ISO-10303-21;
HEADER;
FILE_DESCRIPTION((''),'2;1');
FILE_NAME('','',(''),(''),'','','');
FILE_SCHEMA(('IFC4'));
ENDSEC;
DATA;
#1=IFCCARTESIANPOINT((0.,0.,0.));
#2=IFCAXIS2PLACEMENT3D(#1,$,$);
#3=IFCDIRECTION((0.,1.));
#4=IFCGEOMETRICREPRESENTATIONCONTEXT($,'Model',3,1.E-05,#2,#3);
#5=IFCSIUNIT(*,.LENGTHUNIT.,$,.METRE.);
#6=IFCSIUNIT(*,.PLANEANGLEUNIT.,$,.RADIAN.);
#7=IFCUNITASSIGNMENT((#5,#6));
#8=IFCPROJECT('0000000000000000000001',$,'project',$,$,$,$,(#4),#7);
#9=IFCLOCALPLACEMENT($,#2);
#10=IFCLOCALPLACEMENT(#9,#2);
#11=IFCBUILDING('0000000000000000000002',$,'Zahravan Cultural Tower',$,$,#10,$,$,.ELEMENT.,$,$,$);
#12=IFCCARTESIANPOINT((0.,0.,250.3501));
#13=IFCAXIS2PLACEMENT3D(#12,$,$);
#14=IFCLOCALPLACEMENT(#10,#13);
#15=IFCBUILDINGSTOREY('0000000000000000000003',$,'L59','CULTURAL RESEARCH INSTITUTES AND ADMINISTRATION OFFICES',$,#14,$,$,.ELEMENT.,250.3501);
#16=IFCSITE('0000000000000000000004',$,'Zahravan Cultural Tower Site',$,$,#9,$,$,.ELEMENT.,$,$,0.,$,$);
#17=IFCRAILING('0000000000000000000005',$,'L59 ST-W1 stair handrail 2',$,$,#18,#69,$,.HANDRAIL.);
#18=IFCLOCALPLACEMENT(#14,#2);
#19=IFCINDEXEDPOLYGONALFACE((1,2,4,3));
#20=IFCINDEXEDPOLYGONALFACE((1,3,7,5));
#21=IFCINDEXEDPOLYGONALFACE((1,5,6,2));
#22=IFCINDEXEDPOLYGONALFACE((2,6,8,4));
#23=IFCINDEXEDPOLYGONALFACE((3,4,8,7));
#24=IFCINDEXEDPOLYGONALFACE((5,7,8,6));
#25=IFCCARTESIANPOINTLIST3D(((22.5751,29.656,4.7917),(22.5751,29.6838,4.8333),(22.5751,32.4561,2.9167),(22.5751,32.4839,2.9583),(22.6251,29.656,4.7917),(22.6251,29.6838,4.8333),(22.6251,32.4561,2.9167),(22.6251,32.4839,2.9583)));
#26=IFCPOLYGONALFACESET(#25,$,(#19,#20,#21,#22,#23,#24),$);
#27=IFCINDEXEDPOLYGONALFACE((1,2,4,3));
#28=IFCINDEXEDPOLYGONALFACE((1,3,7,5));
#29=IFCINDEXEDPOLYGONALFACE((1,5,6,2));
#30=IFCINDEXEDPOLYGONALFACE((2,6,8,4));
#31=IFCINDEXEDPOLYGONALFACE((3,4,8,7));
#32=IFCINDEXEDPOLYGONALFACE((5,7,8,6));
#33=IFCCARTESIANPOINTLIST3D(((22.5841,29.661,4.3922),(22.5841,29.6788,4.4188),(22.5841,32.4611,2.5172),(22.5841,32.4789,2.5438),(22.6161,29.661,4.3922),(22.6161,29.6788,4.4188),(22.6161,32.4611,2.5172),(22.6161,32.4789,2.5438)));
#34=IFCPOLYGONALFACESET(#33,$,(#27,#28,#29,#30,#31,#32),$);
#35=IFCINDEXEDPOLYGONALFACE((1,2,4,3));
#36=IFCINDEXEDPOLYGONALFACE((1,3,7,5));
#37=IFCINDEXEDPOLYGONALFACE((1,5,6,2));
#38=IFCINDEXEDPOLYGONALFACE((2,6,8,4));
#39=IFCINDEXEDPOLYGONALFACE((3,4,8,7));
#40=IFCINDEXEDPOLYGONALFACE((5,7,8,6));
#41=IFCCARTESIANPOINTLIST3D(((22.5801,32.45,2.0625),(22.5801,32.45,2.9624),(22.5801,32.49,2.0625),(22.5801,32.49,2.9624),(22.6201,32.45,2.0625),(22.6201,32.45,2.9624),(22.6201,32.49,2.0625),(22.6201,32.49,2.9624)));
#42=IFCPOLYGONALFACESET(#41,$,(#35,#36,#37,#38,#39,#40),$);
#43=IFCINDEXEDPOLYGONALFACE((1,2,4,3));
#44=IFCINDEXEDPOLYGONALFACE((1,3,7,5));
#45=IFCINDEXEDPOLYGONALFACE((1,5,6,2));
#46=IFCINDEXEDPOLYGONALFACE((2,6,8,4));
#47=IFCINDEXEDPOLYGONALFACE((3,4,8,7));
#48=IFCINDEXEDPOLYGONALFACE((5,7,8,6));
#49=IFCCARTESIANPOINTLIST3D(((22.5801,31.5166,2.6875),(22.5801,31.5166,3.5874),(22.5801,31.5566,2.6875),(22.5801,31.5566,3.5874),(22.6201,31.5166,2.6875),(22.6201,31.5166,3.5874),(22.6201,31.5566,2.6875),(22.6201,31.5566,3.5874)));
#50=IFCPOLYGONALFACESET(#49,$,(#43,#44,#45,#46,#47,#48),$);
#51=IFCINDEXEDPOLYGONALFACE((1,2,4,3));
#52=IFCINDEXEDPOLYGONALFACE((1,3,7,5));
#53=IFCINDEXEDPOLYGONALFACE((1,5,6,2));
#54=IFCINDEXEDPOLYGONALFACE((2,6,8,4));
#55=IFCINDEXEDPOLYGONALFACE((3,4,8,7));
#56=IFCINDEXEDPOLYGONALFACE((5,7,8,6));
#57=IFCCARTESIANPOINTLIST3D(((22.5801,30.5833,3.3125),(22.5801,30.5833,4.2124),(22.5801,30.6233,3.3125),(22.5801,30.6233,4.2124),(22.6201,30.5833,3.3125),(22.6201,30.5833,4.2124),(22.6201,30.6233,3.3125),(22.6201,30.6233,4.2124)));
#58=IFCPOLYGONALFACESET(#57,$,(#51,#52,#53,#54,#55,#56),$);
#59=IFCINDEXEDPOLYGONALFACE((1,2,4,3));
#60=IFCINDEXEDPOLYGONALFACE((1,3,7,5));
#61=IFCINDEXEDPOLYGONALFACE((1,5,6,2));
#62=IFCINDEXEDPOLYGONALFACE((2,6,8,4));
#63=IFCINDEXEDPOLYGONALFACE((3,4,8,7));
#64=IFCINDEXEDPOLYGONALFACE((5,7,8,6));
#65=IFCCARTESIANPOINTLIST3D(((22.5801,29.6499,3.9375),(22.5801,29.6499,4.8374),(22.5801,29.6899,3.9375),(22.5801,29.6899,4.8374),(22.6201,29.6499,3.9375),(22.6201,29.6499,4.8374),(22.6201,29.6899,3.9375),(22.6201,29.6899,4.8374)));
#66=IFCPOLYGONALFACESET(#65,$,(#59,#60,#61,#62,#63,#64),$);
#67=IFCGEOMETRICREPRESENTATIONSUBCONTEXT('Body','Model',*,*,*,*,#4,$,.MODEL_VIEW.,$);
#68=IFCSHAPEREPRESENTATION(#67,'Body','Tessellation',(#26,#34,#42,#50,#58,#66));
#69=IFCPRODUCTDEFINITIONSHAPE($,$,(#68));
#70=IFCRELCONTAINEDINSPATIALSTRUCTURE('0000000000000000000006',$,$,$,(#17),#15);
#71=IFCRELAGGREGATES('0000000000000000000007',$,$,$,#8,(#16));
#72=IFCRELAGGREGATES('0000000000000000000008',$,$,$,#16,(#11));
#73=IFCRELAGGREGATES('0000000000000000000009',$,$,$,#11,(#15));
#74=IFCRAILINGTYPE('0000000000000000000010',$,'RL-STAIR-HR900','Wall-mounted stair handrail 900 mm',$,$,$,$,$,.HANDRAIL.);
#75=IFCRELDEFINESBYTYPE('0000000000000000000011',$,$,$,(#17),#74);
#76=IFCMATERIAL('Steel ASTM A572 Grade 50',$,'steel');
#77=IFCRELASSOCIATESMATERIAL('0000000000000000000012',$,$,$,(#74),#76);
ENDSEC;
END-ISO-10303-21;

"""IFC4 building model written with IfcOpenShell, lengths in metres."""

from ifc_helpers import new_model, si_unit, direction, frame, origin, origin_2d, place, context, subcontext, project, spatial, rectangle, extrude, material, type_object, element, save


model = new_model("IFC4")

# Units and contexts
model_context = context("Model", 3, precision=1e-05, world=origin(), true_north=direction((0.0, 1.0)))
body_context = subcontext(model_context, "Body", "Model", "MODEL_VIEW")
ifc_project = project(units=[si_unit("LENGTHUNIT", "METRE"), si_unit("PLANEANGLEUNIT", "RADIAN")], contexts=[model_context])

# Site, building, storey
site_placement = place(None, origin())
site = spatial("IfcSite", under=ifc_project, at=site_placement, Name="Zahravan Cultural Tower Site", CompositionType="ELEMENT", RefElevation=0.0)
building_placement = place(site_placement, origin())
building = spatial("IfcBuilding", under=site, at=building_placement, Name="Zahravan Cultural Tower", CompositionType="ELEMENT")
storey_placement = place(building_placement, frame((0.0, 0.0, 250.3501)))
storey = spatial("IfcBuildingStorey", under=building, at=storey_placement, Name="L59", Description="CULTURAL RESEARCH INSTITUTES AND ADMINISTRATION OFFICES", CompositionType="ELEMENT", Elevation=250.3501)

# Railing
ifc_material_1 = material(Name="Steel ASTM A572 Grade 50", Category="steel")
railing_type_1 = type_object("IfcRailingType", Name="RL-STAIR-HR900", Description="Wall-mounted stair handrail 900 mm", PredefinedType="HANDRAIL", material=ifc_material_1)
railing_1_placement = place(storey_placement, frame((22.6001, 32.47, 2.0625)))
element("IfcRailing", 1, at=railing_1_placement, inside=storey, type_object=railing_type_1, Name="L59 ST-W1 stair handrail 2", PredefinedType="HANDRAIL", context=body_context, shape_type="SweptSolid", body=[
    extrude(rectangle(XDim=0.05, YDim=0.05, at=origin_2d()), frame((0.0, 0.0, 0.875), z_axis=(0.0, -0.830912, 0.556404), x_axis=(1.0, 0.0, 0.0)), (0.0, 0.0, 1.0), 3.3699),
    extrude(rectangle(XDim=0.032, YDim=0.032, at=origin_2d()), frame((0.0, 0.0, 0.468), z_axis=(0.0, -0.830912, 0.556404), x_axis=(1.0, 0.0, 0.0)), (0.0, 0.0, 1.0), 3.3699),
    extrude(rectangle(XDim=0.04, YDim=0.04, at=origin_2d()), origin(), (0.0, 0.0, 1.0), 0.8999),
    extrude(rectangle(XDim=0.04, YDim=0.04, at=origin_2d()), frame((0.0, -0.9333, 0.625)), (0.0, 0.0, 1.0), 0.8999),
    extrude(rectangle(XDim=0.04, YDim=0.04, at=origin_2d()), frame((0.0, -1.8667, 1.25)), (0.0, 0.0, 1.0), 0.8999),
    extrude(rectangle(XDim=0.04, YDim=0.04, at=origin_2d()), frame((0.0, -2.8, 1.875)), (0.0, 0.0, 1.0), 0.8999),
])

save(model, "model.ifc")
